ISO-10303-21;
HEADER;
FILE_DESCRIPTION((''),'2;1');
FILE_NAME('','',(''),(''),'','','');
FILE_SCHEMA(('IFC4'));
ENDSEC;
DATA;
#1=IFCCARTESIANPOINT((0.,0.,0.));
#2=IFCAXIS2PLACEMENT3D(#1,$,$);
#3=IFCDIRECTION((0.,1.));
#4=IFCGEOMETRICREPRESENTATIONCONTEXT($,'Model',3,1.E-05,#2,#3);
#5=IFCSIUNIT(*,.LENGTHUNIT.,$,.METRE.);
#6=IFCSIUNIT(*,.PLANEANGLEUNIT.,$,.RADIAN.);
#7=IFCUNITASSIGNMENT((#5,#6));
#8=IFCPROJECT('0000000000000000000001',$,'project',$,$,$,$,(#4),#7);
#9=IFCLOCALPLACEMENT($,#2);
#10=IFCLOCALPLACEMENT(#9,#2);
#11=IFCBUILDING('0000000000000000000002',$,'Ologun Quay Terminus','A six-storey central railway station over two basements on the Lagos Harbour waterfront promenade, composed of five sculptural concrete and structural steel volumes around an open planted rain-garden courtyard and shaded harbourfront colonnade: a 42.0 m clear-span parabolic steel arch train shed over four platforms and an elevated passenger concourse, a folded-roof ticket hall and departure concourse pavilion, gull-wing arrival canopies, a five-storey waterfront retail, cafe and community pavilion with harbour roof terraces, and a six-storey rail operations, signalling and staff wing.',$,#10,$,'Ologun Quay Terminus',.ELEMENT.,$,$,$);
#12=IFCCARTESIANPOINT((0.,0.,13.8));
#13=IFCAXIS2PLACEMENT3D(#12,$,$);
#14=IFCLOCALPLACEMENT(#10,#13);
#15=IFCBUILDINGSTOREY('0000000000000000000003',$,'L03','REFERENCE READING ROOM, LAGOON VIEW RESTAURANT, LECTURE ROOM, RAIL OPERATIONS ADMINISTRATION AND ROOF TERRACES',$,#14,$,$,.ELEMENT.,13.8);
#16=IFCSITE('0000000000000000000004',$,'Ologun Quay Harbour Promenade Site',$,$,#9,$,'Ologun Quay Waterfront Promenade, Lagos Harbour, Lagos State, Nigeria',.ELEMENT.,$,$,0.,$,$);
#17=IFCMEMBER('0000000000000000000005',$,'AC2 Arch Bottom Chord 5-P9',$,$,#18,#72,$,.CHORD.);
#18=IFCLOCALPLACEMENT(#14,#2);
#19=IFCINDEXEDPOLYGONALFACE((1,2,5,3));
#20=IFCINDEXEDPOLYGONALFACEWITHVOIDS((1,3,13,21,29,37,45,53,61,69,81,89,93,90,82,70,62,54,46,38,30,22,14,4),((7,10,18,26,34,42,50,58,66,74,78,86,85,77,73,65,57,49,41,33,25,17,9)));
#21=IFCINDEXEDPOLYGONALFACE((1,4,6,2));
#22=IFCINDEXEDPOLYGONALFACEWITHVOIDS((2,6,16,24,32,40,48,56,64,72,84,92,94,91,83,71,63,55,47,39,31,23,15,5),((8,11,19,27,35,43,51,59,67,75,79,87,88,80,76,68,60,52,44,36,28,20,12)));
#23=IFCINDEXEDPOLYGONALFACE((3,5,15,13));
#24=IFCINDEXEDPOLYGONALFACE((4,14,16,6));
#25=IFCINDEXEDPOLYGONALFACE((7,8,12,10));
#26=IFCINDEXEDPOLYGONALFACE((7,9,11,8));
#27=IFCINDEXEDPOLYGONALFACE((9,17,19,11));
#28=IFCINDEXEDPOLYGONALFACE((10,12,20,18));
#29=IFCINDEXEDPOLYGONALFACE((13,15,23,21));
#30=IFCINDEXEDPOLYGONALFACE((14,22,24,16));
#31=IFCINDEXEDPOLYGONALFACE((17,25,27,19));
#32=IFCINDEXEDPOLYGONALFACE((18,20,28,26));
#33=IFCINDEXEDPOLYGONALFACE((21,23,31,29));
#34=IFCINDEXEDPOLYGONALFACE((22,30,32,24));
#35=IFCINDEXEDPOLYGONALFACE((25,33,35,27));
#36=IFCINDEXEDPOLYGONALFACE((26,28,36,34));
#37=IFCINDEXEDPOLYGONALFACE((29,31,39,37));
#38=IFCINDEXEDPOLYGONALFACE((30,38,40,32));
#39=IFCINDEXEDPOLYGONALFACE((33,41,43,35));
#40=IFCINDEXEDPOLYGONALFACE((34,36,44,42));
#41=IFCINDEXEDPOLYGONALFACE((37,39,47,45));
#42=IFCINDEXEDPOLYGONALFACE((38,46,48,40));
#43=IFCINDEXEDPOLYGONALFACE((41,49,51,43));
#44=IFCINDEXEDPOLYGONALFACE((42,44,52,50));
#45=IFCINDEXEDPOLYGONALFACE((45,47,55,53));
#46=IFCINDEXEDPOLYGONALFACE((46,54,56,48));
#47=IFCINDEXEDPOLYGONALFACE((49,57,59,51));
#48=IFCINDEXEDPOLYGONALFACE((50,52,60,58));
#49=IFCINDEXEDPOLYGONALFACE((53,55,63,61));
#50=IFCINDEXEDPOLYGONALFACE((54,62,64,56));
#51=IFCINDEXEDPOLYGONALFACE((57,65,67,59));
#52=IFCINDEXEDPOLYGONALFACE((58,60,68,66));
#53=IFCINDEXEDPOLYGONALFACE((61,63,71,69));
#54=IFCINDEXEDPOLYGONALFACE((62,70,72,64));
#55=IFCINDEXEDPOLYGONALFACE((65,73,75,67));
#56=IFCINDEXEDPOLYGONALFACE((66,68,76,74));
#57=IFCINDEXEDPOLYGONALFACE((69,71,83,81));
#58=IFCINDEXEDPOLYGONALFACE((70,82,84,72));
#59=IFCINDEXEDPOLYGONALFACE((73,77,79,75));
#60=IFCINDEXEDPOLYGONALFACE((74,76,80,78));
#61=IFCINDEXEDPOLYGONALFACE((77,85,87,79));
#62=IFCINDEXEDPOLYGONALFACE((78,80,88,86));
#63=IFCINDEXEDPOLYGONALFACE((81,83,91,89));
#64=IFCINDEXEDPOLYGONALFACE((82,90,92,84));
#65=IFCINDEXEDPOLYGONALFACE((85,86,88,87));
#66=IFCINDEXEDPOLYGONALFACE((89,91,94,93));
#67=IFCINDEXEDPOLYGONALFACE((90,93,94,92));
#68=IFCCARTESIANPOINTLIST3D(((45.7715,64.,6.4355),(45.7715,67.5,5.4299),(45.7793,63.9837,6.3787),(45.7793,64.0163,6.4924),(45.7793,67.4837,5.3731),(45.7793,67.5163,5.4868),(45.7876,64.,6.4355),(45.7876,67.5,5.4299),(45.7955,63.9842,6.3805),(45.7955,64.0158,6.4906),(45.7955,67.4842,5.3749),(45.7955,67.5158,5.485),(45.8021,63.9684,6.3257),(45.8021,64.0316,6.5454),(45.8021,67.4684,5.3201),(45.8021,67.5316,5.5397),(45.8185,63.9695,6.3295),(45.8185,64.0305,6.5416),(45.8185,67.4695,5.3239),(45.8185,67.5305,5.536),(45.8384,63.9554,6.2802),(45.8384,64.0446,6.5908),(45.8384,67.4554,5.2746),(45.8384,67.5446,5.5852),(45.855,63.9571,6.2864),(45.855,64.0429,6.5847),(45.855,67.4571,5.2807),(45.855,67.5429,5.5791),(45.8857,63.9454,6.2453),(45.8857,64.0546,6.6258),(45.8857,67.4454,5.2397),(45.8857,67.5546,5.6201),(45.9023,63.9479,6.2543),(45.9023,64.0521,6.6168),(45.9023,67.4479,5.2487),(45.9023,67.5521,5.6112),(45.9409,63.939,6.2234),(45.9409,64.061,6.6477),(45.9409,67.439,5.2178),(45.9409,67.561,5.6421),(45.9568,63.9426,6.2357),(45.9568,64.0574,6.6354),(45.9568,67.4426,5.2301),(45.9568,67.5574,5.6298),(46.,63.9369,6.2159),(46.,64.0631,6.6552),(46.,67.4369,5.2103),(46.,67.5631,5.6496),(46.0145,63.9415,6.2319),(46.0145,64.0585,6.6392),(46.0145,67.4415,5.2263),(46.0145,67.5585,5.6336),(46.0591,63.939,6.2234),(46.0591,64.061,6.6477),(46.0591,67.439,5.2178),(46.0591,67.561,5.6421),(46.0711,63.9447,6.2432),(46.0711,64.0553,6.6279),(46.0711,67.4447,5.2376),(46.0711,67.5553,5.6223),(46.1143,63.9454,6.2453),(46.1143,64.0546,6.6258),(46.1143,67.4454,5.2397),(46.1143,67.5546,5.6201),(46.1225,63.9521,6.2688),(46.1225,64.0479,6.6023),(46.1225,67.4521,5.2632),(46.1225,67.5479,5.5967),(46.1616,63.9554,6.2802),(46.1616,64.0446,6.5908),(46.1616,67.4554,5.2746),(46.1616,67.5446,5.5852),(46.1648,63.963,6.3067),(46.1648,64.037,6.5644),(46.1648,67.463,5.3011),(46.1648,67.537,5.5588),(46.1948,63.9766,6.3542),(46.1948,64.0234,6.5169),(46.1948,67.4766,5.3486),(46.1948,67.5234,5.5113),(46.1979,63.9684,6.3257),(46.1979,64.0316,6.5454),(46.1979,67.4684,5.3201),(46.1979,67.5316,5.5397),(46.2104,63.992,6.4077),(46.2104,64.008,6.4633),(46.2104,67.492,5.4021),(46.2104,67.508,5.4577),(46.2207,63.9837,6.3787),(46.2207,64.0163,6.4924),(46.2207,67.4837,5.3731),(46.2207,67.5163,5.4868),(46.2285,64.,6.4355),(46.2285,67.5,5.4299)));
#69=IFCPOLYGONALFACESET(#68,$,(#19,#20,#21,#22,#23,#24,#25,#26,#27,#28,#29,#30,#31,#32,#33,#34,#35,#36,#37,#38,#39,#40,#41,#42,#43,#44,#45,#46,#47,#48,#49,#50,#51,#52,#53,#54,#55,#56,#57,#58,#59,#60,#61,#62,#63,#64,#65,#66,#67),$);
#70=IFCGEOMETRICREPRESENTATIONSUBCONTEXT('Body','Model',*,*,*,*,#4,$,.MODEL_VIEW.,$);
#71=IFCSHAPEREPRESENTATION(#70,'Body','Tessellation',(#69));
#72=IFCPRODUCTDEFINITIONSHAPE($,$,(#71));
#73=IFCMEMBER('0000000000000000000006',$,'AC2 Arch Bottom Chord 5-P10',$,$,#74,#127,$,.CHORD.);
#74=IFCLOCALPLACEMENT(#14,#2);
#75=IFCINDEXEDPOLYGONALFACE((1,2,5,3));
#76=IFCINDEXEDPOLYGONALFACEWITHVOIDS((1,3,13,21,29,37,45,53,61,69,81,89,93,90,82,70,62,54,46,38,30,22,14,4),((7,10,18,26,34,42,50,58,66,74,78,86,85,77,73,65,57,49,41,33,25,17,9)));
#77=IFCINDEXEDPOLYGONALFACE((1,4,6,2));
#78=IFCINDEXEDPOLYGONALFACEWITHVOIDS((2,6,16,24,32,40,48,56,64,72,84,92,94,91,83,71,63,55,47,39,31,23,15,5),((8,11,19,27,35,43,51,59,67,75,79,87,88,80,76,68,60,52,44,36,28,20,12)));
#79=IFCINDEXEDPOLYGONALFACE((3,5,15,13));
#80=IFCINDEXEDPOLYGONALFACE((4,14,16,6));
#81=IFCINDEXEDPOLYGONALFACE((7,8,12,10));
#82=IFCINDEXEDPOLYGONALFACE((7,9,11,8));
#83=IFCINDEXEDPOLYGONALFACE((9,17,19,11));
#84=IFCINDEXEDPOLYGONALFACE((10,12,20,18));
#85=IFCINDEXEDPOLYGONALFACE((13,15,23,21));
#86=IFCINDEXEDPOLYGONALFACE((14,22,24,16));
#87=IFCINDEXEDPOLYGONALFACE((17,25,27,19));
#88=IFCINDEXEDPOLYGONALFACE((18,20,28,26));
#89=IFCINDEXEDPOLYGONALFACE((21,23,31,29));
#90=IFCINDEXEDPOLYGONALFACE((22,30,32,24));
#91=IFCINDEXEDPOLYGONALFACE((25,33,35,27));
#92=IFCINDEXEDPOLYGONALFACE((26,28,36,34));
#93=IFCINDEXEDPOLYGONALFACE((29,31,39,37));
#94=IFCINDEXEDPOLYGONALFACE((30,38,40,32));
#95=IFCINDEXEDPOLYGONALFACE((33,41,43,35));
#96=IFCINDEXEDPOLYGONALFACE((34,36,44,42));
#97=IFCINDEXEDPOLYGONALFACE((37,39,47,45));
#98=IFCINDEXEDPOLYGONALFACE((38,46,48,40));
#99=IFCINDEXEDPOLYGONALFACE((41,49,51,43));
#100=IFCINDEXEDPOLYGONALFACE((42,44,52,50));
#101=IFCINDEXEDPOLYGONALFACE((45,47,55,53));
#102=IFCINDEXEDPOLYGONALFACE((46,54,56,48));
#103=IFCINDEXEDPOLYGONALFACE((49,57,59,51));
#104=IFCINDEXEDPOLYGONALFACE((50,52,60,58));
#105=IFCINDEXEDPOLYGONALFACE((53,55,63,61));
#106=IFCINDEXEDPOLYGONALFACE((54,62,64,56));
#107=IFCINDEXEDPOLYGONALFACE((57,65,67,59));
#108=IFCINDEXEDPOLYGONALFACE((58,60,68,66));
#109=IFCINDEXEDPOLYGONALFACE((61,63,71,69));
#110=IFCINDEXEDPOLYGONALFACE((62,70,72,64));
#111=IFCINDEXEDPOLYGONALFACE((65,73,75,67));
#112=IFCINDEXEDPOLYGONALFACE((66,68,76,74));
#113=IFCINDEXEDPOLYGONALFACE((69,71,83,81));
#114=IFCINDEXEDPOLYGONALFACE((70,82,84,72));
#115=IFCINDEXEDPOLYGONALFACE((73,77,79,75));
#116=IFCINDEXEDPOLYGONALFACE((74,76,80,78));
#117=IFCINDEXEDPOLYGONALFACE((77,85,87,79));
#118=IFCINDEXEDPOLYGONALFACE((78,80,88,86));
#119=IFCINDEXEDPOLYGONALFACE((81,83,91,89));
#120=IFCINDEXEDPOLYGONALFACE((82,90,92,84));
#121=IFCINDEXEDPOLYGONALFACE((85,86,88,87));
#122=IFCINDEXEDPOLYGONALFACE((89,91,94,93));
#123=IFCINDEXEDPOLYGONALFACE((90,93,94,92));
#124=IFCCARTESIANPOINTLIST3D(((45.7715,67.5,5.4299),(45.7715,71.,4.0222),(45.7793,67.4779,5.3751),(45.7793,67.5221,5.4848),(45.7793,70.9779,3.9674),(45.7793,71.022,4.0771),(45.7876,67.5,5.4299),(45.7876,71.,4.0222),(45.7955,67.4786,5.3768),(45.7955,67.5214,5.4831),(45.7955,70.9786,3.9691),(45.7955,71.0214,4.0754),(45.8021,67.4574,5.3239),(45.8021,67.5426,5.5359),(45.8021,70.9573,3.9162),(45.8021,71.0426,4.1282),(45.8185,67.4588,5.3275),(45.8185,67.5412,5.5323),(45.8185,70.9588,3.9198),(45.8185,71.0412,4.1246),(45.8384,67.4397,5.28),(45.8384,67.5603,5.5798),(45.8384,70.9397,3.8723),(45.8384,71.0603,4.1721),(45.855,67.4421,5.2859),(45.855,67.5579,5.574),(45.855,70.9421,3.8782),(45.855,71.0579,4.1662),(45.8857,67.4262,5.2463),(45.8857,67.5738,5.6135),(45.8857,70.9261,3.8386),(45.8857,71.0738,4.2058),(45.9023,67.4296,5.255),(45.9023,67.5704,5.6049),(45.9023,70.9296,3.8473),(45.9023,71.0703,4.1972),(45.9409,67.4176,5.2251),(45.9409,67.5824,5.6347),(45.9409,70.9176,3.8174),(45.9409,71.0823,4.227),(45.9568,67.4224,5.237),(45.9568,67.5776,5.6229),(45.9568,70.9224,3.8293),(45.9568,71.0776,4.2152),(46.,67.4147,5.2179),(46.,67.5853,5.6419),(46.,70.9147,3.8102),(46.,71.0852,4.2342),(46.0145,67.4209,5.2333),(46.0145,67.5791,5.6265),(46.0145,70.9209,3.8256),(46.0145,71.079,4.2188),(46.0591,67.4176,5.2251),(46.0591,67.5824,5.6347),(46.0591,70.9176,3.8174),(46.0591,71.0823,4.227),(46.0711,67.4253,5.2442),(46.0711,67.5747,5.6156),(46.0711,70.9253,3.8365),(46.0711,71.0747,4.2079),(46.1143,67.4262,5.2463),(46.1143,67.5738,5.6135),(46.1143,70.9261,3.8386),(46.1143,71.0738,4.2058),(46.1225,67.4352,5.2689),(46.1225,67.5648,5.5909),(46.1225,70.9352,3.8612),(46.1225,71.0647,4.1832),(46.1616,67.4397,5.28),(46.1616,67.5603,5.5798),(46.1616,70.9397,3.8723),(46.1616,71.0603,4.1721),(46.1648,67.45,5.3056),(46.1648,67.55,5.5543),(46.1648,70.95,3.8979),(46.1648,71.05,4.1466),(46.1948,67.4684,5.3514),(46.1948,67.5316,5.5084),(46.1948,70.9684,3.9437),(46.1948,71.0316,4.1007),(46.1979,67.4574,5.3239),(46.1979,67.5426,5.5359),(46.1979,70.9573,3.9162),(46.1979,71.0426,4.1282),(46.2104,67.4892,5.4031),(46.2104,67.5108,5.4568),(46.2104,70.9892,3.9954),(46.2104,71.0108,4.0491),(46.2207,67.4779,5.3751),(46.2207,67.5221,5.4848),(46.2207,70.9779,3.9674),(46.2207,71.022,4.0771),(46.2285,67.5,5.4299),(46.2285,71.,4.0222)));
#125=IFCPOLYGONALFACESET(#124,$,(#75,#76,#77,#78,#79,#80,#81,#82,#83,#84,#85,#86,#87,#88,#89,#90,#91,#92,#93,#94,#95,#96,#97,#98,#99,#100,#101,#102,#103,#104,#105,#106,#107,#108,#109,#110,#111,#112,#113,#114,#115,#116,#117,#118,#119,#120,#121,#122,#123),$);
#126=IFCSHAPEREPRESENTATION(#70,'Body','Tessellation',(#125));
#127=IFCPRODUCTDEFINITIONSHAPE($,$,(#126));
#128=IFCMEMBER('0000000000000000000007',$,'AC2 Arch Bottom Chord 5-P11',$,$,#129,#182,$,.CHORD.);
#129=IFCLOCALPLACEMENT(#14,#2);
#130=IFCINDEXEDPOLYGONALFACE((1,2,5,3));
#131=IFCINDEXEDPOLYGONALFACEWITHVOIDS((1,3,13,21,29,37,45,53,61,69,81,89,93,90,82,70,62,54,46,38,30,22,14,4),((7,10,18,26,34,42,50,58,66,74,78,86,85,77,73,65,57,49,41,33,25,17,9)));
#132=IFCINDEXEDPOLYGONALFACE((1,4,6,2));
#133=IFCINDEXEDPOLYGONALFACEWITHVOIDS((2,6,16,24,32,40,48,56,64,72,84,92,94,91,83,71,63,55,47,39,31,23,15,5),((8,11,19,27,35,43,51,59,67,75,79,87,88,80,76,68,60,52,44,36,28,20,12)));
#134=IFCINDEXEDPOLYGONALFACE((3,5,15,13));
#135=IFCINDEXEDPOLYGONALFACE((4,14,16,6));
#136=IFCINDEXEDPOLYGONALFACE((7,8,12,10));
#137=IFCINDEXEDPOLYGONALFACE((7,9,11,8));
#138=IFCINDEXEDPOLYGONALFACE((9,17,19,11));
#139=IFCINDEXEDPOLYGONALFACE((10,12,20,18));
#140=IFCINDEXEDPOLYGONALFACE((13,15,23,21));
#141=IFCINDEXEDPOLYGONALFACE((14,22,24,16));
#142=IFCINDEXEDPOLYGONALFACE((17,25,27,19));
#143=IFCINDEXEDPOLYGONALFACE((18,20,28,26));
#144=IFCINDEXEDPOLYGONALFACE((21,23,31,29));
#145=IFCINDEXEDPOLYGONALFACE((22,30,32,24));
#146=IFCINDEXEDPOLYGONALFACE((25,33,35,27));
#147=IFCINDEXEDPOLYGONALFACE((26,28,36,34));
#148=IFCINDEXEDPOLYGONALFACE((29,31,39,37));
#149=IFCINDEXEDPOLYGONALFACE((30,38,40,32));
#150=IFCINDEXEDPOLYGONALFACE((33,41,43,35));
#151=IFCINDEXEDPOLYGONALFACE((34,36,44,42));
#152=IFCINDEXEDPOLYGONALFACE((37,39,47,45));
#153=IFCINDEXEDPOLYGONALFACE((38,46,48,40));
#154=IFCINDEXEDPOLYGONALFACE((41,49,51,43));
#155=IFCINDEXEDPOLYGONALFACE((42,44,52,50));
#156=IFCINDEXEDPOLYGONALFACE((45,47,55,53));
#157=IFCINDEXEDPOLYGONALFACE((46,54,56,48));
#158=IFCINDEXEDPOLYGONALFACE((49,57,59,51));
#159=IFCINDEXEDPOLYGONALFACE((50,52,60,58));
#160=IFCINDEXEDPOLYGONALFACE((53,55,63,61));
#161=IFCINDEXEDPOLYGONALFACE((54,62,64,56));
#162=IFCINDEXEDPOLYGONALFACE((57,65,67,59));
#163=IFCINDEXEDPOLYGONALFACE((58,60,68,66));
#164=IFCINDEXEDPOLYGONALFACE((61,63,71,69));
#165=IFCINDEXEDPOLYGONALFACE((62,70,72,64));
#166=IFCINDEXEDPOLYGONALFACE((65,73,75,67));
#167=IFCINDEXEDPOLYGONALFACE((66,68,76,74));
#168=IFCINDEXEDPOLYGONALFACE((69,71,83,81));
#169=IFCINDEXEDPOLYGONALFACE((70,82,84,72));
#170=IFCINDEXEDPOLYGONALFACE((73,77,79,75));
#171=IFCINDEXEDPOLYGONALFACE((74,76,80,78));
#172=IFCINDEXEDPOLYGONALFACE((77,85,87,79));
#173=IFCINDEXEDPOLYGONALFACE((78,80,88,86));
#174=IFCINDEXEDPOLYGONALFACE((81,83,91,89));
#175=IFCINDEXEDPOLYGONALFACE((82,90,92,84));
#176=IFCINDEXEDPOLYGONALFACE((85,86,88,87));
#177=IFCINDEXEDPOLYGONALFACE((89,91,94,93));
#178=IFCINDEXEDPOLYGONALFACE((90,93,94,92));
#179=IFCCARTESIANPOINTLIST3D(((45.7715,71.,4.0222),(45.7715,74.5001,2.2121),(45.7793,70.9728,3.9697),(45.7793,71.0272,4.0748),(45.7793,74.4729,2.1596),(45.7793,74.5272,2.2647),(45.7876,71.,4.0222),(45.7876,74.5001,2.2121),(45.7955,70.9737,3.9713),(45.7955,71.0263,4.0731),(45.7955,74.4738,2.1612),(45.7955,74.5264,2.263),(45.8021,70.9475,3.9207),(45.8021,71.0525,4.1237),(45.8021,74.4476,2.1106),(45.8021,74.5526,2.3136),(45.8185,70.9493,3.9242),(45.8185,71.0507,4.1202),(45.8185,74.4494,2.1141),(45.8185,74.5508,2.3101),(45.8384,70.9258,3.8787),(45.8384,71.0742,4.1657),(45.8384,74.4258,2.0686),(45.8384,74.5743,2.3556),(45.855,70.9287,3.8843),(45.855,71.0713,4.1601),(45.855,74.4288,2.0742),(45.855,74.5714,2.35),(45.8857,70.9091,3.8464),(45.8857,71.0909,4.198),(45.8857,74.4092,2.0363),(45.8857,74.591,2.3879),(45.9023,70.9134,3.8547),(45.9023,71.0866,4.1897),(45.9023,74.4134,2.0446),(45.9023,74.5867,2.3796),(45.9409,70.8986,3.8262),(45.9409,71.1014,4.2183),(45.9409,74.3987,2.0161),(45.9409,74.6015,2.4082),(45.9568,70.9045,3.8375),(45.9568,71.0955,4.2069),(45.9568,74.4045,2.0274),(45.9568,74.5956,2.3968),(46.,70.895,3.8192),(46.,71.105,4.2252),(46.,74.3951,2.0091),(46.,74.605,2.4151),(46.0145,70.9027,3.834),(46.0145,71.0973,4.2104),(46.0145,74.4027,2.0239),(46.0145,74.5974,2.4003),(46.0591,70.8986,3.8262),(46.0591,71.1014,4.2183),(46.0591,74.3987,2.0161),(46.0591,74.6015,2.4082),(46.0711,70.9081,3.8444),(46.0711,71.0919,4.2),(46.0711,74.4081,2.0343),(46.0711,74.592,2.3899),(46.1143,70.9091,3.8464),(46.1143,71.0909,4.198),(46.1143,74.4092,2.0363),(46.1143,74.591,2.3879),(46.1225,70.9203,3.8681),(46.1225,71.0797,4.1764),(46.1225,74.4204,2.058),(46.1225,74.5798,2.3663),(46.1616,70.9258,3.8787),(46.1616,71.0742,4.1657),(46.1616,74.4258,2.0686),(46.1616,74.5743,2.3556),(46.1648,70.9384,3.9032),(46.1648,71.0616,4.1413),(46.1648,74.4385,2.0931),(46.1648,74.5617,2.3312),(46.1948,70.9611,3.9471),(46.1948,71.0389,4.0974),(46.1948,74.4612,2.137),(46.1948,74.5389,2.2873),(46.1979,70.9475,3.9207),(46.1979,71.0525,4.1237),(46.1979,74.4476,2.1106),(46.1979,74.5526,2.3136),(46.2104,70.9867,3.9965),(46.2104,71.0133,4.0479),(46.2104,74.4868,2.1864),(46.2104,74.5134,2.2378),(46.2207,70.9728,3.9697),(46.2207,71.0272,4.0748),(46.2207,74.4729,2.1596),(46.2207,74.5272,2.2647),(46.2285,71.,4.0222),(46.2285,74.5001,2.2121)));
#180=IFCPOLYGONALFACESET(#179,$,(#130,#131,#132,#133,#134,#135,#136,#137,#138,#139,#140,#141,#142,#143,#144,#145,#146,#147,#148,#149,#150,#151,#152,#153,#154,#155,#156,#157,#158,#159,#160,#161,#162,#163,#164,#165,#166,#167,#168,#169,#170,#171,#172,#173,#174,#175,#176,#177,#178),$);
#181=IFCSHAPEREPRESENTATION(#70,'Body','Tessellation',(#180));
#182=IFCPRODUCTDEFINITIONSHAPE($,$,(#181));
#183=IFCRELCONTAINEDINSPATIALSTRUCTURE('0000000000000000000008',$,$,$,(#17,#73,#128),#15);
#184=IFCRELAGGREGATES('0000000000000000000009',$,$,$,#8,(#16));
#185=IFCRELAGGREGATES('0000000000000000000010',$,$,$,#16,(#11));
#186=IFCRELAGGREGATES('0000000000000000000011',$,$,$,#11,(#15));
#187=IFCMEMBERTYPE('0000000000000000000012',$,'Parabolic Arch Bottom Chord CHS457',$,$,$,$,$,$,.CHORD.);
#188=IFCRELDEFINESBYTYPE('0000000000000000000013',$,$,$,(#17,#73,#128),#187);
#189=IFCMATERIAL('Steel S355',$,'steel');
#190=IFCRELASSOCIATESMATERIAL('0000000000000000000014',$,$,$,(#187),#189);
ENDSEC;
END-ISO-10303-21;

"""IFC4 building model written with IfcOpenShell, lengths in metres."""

from ifc_helpers import new_model, si_unit, direction, frame, origin, origin_2d, place, context, subcontext, project, spatial, hollow_circle, extrude, material, material_profile, profile_set, type_object, element, save


model = new_model("IFC4")

# Units and contexts
model_context = context("Model", 3, precision=1e-05, world=origin(), true_north=direction((0.0, 1.0)))
body_context = subcontext(model_context, "Body", "Model", "MODEL_VIEW")
ifc_project = project(units=[si_unit("LENGTHUNIT", "METRE"), si_unit("PLANEANGLEUNIT", "RADIAN")], contexts=[model_context])

# Site, building, storey
site_placement = place(None, origin())
site = spatial("IfcSite", under=ifc_project, at=site_placement, Name="Ologun Quay Harbour Promenade Site", LongName="Ologun Quay Waterfront Promenade, Lagos Harbour, Lagos State, Nigeria", CompositionType="ELEMENT", RefElevation=0.0)
building_placement = place(site_placement, origin())
building = spatial("IfcBuilding", under=site, at=building_placement, Name="Ologun Quay Terminus", Description="A six-storey central railway station over two basements on the Lagos Harbour waterfront promenade, composed of five sculptural concrete and structural steel volumes around an open planted rain-garden courtyard and shaded harbourfront colonnade: a 42.0 m clear-span parabolic steel arch train shed over four platforms and an elevated passenger concourse, a folded-roof ticket hall and departure concourse pavilion, gull-wing arrival canopies, a five-storey waterfront retail, cafe and community pavilion with harbour roof terraces, and a six-storey rail operations, signalling and staff wing.", LongName="Ologun Quay Terminus", CompositionType="ELEMENT")
storey_placement = place(building_placement, frame((0.0, 0.0, 13.8)))
storey = spatial("IfcBuildingStorey", under=building, at=storey_placement, Name="L03", Description="REFERENCE READING ROOM, LAGOON VIEW RESTAURANT, LECTURE ROOM, RAIL OPERATIONS ADMINISTRATION AND ROOF TERRACES", CompositionType="ELEMENT", Elevation=13.8)

# Members
ifc_material_1 = material(Name="Steel S355", Category="steel")
ifc_material_profile_1 = material_profile(ifc_material_1, hollow_circle(Radius=0.2285, WallThickness=0.0161, at=origin_2d()), Name="CHS 457x16")
ifc_profile_set_1 = profile_set([ifc_material_profile_1], Name="Steel S355")
member_type_1 = type_object("IfcMemberType", Name="Parabolic Arch Bottom Chord CHS457", PredefinedType="CHORD", material=ifc_profile_set_1)
member_1_placement = place(storey_placement, frame((46.0, 64.0, 6.4355), z_axis=(0.0, 0.961116, -0.276146), x_axis=(-1.0, 0.0, 0.0)))
element("IfcMember", 1, at=member_1_placement, inside=storey, type_object=member_type_1, Name="AC2 Arch Bottom Chord 5-P9", PredefinedType="CHORD", context=body_context, shape_type="SweptSolid", body=[
    extrude(hollow_circle(Radius=0.2285, WallThickness=0.0161, at=origin_2d()), origin(), (0.0, 0.0, 1.0), 3.6416),
])
member_2_placement = place(storey_placement, frame((46.0, 67.5, 5.4299), z_axis=(0.0, 0.92777, -0.373153), x_axis=(-1.0, 0.0, 0.0)))
element("IfcMember", 2, at=member_2_placement, inside=storey, type_object=member_type_1, Name="AC2 Arch Bottom Chord 5-P10", PredefinedType="CHORD", context=body_context, shape_type="SweptSolid", body=[
    extrude(hollow_circle(Radius=0.2285, WallThickness=0.0161, at=origin_2d()), origin(), (0.0, 0.0, 1.0), 3.7725),
])
member_3_placement = place(storey_placement, frame((46.0, 71.0, 4.0222), z_axis=(0.0, 0.888247, -0.459366), x_axis=(-1.0, 0.0, 0.0)))
element("IfcMember", 3, at=member_3_placement, inside=storey, type_object=member_type_1, Name="AC2 Arch Bottom Chord 5-P11", PredefinedType="CHORD", context=body_context, shape_type="SweptSolid", body=[
    extrude(hollow_circle(Radius=0.2285, WallThickness=0.0161, at=origin_2d()), origin(), (0.0, 0.0, 1.0), 3.9404),
])

save(model, "model.ifc")
